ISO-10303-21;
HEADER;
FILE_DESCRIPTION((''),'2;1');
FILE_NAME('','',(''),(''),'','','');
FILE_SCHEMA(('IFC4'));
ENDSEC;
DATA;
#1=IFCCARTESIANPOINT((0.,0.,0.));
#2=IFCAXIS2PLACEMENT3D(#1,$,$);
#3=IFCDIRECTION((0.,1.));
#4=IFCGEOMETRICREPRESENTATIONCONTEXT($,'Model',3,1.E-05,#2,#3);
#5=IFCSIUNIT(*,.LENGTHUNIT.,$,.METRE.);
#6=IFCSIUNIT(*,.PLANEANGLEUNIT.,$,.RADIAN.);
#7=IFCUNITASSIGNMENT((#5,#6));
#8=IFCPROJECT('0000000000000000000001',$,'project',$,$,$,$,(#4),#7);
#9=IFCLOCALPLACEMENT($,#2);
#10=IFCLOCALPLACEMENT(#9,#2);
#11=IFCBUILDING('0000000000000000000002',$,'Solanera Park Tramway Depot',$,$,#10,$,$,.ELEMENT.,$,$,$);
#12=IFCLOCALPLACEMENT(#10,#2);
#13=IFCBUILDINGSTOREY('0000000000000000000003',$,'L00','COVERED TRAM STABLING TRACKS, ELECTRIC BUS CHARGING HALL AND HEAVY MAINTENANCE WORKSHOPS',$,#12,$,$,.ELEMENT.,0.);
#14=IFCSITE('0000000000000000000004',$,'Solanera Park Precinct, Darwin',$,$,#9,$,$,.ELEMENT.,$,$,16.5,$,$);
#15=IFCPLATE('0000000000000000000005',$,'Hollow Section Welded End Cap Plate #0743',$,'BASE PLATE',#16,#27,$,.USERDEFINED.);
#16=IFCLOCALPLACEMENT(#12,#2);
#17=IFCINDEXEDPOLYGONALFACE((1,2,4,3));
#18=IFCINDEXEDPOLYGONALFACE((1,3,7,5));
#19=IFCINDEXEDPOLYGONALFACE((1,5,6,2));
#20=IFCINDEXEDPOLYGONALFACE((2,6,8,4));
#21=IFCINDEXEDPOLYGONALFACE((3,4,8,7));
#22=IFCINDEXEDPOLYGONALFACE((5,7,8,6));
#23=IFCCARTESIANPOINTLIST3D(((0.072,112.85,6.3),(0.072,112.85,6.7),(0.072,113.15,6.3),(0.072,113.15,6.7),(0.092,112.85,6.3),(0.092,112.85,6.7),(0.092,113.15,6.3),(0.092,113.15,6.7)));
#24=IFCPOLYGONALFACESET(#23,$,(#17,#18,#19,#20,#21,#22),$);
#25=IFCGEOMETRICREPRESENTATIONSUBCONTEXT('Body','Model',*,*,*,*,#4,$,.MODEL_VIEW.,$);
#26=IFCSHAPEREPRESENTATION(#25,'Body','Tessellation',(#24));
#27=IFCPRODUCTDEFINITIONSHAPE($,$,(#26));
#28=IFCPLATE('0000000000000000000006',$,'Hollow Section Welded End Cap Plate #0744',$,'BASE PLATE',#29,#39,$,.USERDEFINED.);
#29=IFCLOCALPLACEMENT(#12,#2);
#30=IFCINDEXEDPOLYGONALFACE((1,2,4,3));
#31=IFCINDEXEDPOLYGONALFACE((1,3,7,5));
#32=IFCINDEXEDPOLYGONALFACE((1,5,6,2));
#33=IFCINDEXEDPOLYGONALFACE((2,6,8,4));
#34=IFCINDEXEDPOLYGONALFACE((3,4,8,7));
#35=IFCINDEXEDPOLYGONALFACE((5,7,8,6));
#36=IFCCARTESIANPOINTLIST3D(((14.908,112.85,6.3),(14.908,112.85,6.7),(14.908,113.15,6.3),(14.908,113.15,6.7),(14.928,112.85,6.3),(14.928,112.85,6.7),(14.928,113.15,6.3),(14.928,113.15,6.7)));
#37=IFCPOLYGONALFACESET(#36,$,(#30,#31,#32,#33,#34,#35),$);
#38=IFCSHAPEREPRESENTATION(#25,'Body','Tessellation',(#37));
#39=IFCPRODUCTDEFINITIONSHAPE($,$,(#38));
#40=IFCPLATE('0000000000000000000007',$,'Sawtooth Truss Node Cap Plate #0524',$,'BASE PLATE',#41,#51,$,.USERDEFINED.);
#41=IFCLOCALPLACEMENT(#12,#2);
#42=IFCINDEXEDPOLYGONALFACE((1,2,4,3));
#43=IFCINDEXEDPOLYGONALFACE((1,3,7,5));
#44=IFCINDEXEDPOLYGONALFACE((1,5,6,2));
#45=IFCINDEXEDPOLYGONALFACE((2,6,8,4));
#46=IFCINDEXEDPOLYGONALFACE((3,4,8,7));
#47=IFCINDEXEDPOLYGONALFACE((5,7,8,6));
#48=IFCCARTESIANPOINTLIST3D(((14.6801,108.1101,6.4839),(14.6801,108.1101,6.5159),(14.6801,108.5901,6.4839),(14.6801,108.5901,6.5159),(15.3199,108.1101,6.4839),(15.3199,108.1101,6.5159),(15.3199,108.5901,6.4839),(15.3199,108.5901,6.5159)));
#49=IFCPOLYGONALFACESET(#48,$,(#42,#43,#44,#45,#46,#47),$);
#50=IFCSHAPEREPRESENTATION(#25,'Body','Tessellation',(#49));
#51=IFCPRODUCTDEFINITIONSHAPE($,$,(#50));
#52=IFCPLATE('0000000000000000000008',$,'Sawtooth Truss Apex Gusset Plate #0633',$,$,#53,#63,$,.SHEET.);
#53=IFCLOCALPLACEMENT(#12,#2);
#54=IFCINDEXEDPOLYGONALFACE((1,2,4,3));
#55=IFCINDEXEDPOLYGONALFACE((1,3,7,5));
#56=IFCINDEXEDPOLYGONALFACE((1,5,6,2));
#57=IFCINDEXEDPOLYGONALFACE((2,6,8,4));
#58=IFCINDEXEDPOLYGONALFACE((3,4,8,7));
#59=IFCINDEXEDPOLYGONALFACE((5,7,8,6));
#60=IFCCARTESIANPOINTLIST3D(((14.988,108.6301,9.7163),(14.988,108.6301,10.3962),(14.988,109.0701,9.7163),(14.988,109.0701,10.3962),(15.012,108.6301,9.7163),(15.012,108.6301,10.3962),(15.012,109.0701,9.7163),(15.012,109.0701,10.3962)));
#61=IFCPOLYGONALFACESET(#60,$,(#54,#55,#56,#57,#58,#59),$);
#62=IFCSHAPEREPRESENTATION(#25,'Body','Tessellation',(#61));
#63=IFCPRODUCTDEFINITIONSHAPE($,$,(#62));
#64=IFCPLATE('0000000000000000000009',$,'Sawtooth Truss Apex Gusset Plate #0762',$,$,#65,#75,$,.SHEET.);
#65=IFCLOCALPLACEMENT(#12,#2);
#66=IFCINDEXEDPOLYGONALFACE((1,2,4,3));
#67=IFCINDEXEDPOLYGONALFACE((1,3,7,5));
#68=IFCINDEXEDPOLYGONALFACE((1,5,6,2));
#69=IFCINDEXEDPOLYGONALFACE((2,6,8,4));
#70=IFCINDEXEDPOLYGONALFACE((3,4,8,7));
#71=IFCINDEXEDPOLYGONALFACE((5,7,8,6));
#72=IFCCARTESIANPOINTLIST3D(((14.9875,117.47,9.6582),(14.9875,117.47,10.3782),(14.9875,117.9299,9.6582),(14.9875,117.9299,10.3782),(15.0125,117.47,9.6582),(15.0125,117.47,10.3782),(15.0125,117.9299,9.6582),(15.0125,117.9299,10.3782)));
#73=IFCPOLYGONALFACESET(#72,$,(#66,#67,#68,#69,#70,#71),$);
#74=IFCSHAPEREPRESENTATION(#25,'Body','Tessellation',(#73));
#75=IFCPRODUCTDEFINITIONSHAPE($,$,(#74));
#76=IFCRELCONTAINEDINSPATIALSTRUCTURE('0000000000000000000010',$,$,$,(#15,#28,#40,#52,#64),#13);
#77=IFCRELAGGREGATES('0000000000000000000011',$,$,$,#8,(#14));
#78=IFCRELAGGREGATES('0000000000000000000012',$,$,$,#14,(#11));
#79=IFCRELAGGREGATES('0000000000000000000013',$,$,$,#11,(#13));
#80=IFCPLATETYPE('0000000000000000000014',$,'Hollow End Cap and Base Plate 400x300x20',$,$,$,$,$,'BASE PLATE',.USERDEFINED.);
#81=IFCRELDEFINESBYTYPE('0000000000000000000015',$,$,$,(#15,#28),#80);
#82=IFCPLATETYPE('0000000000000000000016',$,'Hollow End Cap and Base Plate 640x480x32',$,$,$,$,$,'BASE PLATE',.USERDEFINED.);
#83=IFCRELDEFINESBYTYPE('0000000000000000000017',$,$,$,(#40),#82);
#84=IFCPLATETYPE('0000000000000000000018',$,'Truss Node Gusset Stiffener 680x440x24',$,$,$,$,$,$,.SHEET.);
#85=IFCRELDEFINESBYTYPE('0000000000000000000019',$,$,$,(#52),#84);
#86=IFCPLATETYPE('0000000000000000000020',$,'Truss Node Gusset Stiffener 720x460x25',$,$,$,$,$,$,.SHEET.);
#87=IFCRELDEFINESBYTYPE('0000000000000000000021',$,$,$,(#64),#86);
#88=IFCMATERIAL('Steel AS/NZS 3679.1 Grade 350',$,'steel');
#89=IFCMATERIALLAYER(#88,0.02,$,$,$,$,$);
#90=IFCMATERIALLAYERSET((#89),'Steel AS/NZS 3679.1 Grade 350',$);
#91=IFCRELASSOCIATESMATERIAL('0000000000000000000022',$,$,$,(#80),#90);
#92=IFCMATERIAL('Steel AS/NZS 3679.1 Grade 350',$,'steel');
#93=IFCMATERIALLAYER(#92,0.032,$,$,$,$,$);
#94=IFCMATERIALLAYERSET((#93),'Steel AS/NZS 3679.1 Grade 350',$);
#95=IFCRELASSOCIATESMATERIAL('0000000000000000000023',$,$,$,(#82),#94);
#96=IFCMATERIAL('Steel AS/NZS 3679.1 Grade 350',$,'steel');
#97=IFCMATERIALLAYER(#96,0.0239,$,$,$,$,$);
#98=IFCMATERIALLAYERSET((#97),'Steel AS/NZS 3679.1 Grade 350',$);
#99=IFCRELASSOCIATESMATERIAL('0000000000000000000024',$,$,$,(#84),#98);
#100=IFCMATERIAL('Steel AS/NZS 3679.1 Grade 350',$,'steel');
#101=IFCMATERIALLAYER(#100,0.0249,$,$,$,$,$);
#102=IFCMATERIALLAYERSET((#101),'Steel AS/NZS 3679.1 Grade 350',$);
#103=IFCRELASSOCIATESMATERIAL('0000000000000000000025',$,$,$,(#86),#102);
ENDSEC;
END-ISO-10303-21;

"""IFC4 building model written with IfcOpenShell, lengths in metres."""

from ifc_helpers import new_model, si_unit, direction, frame, origin, origin_2d, place, context, subcontext, project, spatial, rectangle, extrude, material, layer, layer_set, type_object, element, save


model = new_model("IFC4")

# Units and contexts
model_context = context("Model", 3, precision=1e-05, world=origin(), true_north=direction((0.0, 1.0)))
body_context = subcontext(model_context, "Body", "Model", "MODEL_VIEW")
ifc_project = project(units=[si_unit("LENGTHUNIT", "METRE"), si_unit("PLANEANGLEUNIT", "RADIAN")], contexts=[model_context])

# Site, building, storey
site_placement = place(None, origin())
site = spatial("IfcSite", under=ifc_project, at=site_placement, Name="Solanera Park Precinct, Darwin", CompositionType="ELEMENT", RefElevation=16.5)
building_placement = place(site_placement, origin())
building = spatial("IfcBuilding", under=site, at=building_placement, Name="Solanera Park Tramway Depot", CompositionType="ELEMENT")
storey_placement = place(building_placement, origin())
storey = spatial("IfcBuildingStorey", under=building, at=storey_placement, Name="L00", Description="COVERED TRAM STABLING TRACKS, ELECTRIC BUS CHARGING HALL AND HEAVY MAINTENANCE WORKSHOPS", CompositionType="ELEMENT", Elevation=0.0)

# Plates
ifc_material_1 = material(Name="Steel AS/NZS 3679.1 Grade 350", Category="steel")
ifc_layer_1 = layer(ifc_material_1, 0.02)
ifc_layer_set_1 = layer_set([ifc_layer_1], Name="Steel AS/NZS 3679.1 Grade 350")
plate_type_1 = type_object("IfcPlateType", Name="Hollow End Cap and Base Plate 400x300x20", ElementType="BASE PLATE", PredefinedType="USERDEFINED", material=ifc_layer_set_1)
for number, where, z_axis, x_axis, name in (
    (1, (0.082, 113.0, 6.3), (0.0, 0.0, 1.0), (1.0, 0.0, 0.0), "Hollow Section Welded End Cap Plate #0743"),
    (2, (14.918, 113.0, 6.3), (0.0, 0.0, 1.0), (1.0, 0.0, 0.0), "Hollow Section Welded End Cap Plate #0744"),
):
    element("IfcPlate", number, at=place(storey_placement, frame(where, z_axis=z_axis, x_axis=x_axis)), inside=storey, type_object=plate_type_1, Name=name, ObjectType="BASE PLATE", PredefinedType="USERDEFINED", context=body_context, shape_type="SweptSolid", body=[
        extrude(rectangle(XDim=0.02, YDim=0.3, at=origin_2d()), origin(), (0.0, 0.0, 1.0), 0.3999),
    ])
ifc_material_2 = material(Name="Steel AS/NZS 3679.1 Grade 350", Category="steel")
ifc_layer_2 = layer(ifc_material_2, 0.032)
ifc_layer_set_2 = layer_set([ifc_layer_2], Name="Steel AS/NZS 3679.1 Grade 350")
plate_type_2 = type_object("IfcPlateType", Name="Hollow End Cap and Base Plate 640x480x32", ElementType="BASE PLATE", PredefinedType="USERDEFINED", material=ifc_layer_set_2)
plate_1_placement = place(storey_placement, frame((15.0, 108.3501, 6.4839), z_axis=(0.0, 0.0, 1.0), x_axis=(1.0, 0.0, 0.0)))
element("IfcPlate", 3, at=plate_1_placement, inside=storey, type_object=plate_type_2, Name="Sawtooth Truss Node Cap Plate #0524", ObjectType="BASE PLATE", PredefinedType="USERDEFINED", context=body_context, shape_type="SweptSolid", body=[
    extrude(rectangle(XDim=0.6399, YDim=0.48, at=origin_2d()), origin(), (0.0, 0.0, 1.0), 0.032),
])
ifc_material_3 = material(Name="Steel AS/NZS 3679.1 Grade 350", Category="steel")
ifc_layer_3 = layer(ifc_material_3, 0.0239)
ifc_layer_set_3 = layer_set([ifc_layer_3], Name="Steel AS/NZS 3679.1 Grade 350")
plate_type_3 = type_object("IfcPlateType", Name="Truss Node Gusset Stiffener 680x440x24", PredefinedType="SHEET", material=ifc_layer_set_3)
plate_2_placement = place(storey_placement, frame((15.0, 108.8501, 9.7163), z_axis=(0.0, 0.0, 1.0), x_axis=(1.0, 0.0, 0.0)))
element("IfcPlate", 4, at=plate_2_placement, inside=storey, type_object=plate_type_3, Name="Sawtooth Truss Apex Gusset Plate #0633", PredefinedType="SHEET", context=body_context, shape_type="SweptSolid", body=[
    extrude(rectangle(XDim=0.0239, YDim=0.4399, at=origin_2d()), origin(), (0.0, 0.0, 1.0), 0.6799),
])
ifc_material_4 = material(Name="Steel AS/NZS 3679.1 Grade 350", Category="steel")
ifc_layer_4 = layer(ifc_material_4, 0.0249)
ifc_layer_set_4 = layer_set([ifc_layer_4], Name="Steel AS/NZS 3679.1 Grade 350")
plate_type_4 = type_object("IfcPlateType", Name="Truss Node Gusset Stiffener 720x460x25", PredefinedType="SHEET", material=ifc_layer_set_4)
plate_3_placement = place(storey_placement, frame((15.0, 117.7, 9.6582), z_axis=(0.0, 0.0, 1.0), x_axis=(1.0, 0.0, 0.0)))
element("IfcPlate", 5, at=plate_3_placement, inside=storey, type_object=plate_type_4, Name="Sawtooth Truss Apex Gusset Plate #0762", PredefinedType="SHEET", context=body_context, shape_type="SweptSolid", body=[
    extrude(rectangle(XDim=0.0249, YDim=0.46, at=origin_2d()), origin(), (0.0, 0.0, 1.0), 0.72),
])

save(model, "model.ifc")
